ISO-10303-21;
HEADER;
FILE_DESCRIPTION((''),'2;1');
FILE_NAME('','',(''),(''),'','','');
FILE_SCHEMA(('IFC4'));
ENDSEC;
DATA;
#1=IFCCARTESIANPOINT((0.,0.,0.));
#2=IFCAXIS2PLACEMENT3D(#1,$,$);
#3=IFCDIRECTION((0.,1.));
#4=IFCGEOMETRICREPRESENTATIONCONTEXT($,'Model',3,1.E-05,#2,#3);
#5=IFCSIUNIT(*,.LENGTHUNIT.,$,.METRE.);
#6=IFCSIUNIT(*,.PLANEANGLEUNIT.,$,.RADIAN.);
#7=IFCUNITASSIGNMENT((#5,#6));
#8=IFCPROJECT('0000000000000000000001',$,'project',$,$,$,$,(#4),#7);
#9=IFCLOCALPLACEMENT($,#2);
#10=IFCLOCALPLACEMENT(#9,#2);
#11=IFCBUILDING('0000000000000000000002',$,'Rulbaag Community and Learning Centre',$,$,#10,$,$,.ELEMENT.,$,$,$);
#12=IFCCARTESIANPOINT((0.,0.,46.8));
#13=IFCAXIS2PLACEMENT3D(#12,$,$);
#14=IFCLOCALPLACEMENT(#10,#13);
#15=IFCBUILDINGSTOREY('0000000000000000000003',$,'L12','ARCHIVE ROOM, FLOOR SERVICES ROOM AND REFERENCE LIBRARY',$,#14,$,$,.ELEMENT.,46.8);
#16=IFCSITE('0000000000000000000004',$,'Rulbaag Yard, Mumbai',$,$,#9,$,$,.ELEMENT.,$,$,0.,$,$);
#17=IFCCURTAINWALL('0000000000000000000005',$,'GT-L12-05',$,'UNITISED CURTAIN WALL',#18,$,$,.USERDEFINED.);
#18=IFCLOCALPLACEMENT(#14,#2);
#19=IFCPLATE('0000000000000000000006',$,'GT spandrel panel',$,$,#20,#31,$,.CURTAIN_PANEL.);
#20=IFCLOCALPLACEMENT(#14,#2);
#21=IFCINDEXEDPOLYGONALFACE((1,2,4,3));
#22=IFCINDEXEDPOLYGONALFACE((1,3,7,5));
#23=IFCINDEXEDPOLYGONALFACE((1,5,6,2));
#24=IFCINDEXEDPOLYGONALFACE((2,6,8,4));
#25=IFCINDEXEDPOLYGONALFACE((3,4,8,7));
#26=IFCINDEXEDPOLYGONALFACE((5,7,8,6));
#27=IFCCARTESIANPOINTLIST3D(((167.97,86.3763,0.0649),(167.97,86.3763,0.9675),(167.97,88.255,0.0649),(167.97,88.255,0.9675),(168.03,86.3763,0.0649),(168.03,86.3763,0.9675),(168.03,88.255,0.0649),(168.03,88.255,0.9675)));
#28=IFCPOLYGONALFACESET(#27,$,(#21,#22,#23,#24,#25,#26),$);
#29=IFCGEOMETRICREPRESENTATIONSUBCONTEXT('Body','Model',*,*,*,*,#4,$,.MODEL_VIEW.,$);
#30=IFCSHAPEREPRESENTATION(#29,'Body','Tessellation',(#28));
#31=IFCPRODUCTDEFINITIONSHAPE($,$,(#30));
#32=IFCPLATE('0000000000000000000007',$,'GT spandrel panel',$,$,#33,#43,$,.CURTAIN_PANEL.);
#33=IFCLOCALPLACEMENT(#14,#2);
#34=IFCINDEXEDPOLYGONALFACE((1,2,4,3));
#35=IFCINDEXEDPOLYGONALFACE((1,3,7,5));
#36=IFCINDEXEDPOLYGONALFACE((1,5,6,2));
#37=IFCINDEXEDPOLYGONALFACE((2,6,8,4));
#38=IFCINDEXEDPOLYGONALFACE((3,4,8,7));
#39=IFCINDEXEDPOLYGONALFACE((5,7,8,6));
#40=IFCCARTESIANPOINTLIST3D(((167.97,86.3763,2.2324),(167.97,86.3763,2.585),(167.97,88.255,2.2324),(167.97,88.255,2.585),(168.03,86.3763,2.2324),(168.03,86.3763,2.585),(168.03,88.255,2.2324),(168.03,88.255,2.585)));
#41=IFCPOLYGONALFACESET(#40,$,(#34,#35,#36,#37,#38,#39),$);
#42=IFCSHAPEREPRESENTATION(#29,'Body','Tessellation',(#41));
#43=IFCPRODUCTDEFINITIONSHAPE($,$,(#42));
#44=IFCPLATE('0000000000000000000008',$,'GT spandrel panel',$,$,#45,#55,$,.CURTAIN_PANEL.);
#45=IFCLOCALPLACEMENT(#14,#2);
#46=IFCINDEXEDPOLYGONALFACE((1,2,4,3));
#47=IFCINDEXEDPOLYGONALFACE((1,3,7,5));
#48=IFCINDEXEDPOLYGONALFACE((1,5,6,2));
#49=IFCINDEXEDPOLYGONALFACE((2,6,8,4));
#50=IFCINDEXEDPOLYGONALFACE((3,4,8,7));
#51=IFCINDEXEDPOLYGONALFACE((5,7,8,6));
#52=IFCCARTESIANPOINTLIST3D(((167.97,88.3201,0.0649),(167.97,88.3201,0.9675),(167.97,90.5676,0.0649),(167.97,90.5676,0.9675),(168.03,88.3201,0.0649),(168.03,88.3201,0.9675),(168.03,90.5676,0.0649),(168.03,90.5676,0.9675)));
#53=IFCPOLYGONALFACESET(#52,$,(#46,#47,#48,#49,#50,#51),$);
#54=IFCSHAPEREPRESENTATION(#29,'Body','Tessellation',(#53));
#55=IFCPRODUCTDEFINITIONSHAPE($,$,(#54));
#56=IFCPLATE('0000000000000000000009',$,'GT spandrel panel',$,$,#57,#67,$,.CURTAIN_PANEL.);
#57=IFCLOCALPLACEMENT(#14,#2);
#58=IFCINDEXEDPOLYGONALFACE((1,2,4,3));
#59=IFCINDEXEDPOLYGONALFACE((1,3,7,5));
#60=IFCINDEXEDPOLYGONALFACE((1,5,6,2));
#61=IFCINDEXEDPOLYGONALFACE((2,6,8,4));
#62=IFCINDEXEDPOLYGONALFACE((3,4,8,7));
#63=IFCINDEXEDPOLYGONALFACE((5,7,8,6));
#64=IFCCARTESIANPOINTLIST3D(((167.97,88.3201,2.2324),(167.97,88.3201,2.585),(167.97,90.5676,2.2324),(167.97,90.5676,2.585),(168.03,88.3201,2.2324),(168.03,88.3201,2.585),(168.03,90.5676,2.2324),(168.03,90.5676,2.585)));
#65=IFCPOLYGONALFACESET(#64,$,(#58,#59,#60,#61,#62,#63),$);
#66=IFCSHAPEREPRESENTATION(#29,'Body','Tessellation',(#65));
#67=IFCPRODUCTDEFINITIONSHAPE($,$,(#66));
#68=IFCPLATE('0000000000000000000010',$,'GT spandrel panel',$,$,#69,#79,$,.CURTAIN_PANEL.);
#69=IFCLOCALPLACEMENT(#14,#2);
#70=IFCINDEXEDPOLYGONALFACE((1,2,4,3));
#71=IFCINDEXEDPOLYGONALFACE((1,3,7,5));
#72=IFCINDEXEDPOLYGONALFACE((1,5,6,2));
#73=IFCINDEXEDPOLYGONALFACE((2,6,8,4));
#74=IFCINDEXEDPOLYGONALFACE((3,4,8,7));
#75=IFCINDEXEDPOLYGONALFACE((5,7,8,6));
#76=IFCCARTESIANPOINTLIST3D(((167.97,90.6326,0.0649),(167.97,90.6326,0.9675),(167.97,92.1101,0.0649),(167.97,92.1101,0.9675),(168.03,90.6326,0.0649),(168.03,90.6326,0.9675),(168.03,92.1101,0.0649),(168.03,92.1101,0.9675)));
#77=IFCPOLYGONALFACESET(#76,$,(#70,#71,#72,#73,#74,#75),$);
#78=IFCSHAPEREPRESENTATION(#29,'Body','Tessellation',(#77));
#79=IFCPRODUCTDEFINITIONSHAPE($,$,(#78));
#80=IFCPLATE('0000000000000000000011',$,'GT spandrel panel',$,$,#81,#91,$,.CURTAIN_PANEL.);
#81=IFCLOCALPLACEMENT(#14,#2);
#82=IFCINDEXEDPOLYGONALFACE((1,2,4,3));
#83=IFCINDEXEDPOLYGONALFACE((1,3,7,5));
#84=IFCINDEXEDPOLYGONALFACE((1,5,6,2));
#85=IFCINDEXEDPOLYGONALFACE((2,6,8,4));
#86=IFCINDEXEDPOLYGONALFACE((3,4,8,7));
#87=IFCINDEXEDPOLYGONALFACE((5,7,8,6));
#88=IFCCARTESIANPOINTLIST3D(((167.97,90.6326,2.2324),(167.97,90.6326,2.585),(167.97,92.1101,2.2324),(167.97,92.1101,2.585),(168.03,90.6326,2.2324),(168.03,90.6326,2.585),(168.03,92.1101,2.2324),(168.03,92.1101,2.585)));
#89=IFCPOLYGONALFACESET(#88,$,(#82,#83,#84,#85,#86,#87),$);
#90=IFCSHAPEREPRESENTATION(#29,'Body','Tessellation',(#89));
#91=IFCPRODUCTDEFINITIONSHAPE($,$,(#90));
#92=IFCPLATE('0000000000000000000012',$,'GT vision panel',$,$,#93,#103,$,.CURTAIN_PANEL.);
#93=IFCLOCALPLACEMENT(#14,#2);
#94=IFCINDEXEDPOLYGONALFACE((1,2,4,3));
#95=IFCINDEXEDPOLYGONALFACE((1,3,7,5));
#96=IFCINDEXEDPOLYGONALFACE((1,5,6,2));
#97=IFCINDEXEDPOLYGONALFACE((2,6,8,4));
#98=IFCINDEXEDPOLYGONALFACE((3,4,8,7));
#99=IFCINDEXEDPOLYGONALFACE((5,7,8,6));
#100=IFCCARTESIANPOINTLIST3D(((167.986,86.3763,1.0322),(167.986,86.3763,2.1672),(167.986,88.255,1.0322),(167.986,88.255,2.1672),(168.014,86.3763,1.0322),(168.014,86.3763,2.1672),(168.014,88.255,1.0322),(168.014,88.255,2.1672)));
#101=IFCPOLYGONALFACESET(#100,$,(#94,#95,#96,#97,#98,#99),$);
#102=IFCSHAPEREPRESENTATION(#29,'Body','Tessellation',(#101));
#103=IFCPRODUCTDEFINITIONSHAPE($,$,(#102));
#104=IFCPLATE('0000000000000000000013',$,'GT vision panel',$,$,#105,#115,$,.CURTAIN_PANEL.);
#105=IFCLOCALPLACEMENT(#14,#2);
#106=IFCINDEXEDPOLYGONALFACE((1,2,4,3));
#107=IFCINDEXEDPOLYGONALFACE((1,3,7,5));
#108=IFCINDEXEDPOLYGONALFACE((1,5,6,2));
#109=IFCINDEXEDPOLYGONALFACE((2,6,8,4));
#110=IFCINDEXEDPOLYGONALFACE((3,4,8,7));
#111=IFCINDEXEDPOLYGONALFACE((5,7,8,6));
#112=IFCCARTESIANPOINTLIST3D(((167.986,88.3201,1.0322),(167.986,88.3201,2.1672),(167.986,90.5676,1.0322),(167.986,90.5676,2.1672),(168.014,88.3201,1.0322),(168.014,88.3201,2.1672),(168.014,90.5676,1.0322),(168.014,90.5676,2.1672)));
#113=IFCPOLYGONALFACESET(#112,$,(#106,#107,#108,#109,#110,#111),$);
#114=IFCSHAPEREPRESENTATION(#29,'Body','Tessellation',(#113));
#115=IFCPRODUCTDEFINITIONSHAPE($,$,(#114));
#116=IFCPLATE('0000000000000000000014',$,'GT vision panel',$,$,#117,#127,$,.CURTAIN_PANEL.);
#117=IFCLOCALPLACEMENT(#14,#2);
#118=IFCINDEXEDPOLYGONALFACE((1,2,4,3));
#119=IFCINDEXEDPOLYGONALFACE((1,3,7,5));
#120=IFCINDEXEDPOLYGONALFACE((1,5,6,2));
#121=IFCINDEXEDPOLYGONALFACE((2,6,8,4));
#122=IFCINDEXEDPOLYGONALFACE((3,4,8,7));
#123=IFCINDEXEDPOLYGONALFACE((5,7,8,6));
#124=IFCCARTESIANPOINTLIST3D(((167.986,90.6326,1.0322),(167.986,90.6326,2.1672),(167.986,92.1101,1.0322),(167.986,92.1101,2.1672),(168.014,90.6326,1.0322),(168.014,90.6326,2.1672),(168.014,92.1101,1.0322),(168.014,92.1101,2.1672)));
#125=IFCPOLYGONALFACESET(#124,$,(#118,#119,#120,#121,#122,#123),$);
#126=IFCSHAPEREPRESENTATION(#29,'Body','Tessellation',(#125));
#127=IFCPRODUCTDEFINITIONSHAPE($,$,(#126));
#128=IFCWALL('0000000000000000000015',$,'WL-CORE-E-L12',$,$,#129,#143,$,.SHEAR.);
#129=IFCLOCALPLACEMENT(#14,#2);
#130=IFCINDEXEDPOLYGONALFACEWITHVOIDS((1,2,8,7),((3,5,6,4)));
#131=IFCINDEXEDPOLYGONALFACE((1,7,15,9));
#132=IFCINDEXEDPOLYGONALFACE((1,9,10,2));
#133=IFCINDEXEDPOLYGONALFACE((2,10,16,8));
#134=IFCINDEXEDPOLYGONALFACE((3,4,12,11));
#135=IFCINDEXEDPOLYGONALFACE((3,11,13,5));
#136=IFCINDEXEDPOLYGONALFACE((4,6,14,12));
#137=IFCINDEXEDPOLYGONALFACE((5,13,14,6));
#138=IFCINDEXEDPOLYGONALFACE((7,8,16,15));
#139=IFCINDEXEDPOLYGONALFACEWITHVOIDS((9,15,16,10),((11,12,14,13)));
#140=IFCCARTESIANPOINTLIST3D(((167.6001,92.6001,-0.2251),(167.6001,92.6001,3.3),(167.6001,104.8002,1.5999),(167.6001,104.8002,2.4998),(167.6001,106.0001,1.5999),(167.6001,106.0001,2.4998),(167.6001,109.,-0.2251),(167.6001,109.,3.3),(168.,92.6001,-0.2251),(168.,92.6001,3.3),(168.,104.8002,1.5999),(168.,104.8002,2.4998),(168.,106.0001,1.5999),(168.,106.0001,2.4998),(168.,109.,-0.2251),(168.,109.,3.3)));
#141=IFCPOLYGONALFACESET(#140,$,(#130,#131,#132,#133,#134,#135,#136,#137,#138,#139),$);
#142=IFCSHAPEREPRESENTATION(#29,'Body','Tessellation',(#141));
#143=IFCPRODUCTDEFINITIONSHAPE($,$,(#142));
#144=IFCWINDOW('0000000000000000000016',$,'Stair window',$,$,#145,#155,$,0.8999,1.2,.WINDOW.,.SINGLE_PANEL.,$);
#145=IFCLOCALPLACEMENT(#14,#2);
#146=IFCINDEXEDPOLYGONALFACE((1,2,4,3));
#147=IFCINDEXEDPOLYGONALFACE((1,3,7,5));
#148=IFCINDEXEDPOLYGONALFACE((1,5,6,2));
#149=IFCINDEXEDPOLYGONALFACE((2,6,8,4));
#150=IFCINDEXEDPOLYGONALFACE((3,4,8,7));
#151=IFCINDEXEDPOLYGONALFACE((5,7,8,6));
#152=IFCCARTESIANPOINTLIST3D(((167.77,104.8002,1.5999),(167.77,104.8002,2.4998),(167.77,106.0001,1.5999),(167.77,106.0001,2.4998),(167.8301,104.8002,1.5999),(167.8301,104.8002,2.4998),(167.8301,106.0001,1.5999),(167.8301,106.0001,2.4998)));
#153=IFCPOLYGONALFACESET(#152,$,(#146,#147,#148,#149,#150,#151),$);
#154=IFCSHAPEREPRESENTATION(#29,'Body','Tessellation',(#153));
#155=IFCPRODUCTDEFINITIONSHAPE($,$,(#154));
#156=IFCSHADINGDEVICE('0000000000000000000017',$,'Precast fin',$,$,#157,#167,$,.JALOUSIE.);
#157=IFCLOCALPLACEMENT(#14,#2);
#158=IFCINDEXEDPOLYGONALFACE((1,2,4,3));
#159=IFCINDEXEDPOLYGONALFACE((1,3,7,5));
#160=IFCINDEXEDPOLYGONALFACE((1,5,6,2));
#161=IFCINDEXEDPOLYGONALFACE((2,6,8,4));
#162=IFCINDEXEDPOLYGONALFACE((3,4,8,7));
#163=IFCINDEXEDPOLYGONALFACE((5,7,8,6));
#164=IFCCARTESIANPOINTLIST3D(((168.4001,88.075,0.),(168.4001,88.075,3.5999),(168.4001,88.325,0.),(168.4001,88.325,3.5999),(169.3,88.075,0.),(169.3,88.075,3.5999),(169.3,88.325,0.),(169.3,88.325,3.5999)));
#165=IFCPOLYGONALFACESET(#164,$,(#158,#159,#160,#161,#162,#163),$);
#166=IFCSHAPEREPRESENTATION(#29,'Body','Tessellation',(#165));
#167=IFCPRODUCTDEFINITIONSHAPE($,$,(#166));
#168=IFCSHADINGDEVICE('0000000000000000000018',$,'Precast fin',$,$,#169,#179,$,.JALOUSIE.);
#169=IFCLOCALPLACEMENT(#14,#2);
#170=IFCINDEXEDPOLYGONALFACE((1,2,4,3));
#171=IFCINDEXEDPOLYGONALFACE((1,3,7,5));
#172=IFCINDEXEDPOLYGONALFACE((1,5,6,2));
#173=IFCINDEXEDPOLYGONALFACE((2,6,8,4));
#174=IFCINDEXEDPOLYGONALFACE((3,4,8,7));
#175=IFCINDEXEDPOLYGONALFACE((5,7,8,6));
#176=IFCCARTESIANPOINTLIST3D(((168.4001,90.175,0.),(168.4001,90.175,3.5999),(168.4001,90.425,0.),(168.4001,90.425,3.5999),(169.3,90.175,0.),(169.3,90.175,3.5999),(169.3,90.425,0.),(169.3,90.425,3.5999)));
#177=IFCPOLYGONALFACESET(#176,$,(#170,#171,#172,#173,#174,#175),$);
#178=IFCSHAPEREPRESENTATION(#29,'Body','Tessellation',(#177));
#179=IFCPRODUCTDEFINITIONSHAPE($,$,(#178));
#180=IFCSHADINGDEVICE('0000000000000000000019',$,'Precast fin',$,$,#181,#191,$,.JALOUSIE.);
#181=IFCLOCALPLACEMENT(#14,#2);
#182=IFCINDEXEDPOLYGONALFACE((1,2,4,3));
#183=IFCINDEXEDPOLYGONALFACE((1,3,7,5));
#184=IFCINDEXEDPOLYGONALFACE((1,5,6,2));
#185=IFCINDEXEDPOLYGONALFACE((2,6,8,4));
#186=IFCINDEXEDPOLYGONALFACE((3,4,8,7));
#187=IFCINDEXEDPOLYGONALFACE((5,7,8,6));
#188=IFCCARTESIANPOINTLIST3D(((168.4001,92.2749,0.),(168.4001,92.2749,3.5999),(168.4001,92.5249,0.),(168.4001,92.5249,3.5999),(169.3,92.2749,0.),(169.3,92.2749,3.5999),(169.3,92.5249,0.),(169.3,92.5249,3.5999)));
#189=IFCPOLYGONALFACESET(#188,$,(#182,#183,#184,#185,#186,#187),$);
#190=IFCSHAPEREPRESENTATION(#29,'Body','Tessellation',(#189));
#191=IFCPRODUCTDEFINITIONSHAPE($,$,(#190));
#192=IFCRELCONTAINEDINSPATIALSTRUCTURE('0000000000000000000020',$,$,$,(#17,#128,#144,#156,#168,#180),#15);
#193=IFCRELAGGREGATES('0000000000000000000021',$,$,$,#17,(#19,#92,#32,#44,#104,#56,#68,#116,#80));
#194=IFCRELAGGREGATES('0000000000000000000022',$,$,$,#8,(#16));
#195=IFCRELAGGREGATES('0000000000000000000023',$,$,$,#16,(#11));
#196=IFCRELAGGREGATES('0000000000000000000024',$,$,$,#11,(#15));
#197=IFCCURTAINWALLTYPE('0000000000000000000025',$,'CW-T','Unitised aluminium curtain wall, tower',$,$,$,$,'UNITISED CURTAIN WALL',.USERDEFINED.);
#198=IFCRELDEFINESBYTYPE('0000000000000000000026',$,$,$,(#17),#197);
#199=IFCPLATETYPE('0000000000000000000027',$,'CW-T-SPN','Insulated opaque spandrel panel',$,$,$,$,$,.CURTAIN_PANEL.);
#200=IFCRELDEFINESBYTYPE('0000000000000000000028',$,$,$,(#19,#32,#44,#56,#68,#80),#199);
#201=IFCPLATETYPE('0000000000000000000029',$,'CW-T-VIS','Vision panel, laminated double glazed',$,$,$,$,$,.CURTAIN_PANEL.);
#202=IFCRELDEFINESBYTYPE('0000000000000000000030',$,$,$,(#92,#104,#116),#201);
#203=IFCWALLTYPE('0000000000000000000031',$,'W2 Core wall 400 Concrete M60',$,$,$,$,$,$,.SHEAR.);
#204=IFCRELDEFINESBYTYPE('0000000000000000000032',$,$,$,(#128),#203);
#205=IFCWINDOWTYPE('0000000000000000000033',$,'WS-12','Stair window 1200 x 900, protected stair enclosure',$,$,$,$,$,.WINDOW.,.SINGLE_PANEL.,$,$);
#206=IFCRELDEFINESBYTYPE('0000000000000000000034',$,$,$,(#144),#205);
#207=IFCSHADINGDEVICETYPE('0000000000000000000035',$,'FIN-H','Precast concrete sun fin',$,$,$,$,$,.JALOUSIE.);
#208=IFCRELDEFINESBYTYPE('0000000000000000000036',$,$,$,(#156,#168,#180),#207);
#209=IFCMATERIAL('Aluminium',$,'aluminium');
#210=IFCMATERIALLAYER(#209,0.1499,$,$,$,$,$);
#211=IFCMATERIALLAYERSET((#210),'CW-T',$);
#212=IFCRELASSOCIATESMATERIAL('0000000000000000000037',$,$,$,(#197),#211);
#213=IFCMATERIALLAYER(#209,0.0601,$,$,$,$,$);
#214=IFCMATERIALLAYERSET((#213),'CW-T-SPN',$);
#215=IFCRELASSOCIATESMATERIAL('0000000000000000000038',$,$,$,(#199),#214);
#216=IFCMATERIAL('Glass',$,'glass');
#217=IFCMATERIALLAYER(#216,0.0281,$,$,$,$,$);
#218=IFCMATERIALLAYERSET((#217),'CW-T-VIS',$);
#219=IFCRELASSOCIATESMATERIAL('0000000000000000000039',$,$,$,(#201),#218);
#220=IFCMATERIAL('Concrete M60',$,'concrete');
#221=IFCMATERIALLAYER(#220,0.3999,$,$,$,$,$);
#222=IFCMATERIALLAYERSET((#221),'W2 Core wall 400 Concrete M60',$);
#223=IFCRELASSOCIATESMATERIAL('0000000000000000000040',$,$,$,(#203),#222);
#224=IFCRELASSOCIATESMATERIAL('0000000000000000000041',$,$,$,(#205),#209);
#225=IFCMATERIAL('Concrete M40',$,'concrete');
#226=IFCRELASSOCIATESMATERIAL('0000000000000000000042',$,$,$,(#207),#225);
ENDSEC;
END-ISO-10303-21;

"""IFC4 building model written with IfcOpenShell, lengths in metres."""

from ifc_helpers import new_model, si_unit, direction, frame, frame_2d, origin, origin_2d, place, context, subcontext, project, spatial, rectangle, extrude, material, layer, layer_set, material_profile, profile_set, type_object, element, fill, aggregate, save


model = new_model("IFC4")

# Units and contexts
model_context = context("Model", 3, precision=1e-05, world=origin(), true_north=direction((0.0, 1.0)))
body_context = subcontext(model_context, "Body", "Model", "MODEL_VIEW")
ifc_project = project(units=[si_unit("LENGTHUNIT", "METRE"), si_unit("PLANEANGLEUNIT", "RADIAN")], contexts=[model_context])

# Site, building, storey
site_placement = place(None, origin())
site = spatial("IfcSite", under=ifc_project, at=site_placement, Name="Rulbaag Yard, Mumbai", CompositionType="ELEMENT", RefElevation=0.0)
building_placement = place(site_placement, origin())
building = spatial("IfcBuilding", under=site, at=building_placement, Name="Rulbaag Community and Learning Centre", CompositionType="ELEMENT")
storey_placement = place(building_placement, frame((0.0, 0.0, 46.8)))
storey = spatial("IfcBuildingStorey", under=building, at=storey_placement, Name="L12", Description="ARCHIVE ROOM, FLOOR SERVICES ROOM AND REFERENCE LIBRARY", CompositionType="ELEMENT", Elevation=46.8)

# Curtain wall, plates
ifc_material_1 = material(Name="Aluminium", Category="aluminium")
ifc_layer_1 = layer(ifc_material_1, 0.1499)
ifc_layer_set_1 = layer_set([ifc_layer_1], Name="CW-T")
curtain_wall_type = type_object("IfcCurtainWallType", Name="CW-T", Description="Unitised aluminium curtain wall, tower", ElementType="UNITISED CURTAIN WALL", PredefinedType="USERDEFINED", material=ifc_layer_set_1)
curtain_wall_placement = place(storey_placement, origin())
curtain_wall = element("IfcCurtainWall", 1, at=curtain_wall_placement, inside=storey, type_object=curtain_wall_type, Name="GT-L12-05", ObjectType="UNITISED CURTAIN WALL", PredefinedType="USERDEFINED")
ifc_layer_2 = layer(ifc_material_1, 0.0601)
ifc_layer_set_2 = layer_set([ifc_layer_2], Name="CW-T-SPN")
plate_type_1 = type_object("IfcPlateType", Name="CW-T-SPN", Description="Insulated opaque spandrel panel", PredefinedType="CURTAIN_PANEL", material=ifc_layer_set_2)
plate_1_placement = place(storey_placement, frame((168.0, 87.3157, 0.0649), z_axis=(0.0, 0.0, 1.0), x_axis=(0.0, 1.0, 0.0)))
plate_1 = element("IfcPlate", 2, at=plate_1_placement, type_object=plate_type_1, Name="GT spandrel panel", PredefinedType="CURTAIN_PANEL", context=body_context, shape_type="SweptSolid", body=[
    extrude(rectangle(XDim=1.8787, YDim=0.0601, at=origin_2d()), origin(), (0.0, 0.0, 1.0), 0.9026),
])
plate_2_placement = place(storey_placement, frame((168.0, 87.3157, 2.2324), z_axis=(0.0, 0.0, 1.0), x_axis=(0.0, 1.0, 0.0)))
plate_2 = element("IfcPlate", 3, at=plate_2_placement, type_object=plate_type_1, Name="GT spandrel panel", PredefinedType="CURTAIN_PANEL", context=body_context, shape_type="SweptSolid", body=[
    extrude(rectangle(XDim=1.8787, YDim=0.0601, at=origin_2d()), origin(), (0.0, 0.0, 1.0), 0.3525),
])
plate_3_placement = place(storey_placement, frame((168.0, 89.4438, 0.0649), z_axis=(0.0, 0.0, 1.0), x_axis=(0.0, 1.0, 0.0)))
plate_3 = element("IfcPlate", 4, at=plate_3_placement, type_object=plate_type_1, Name="GT spandrel panel", PredefinedType="CURTAIN_PANEL", context=body_context, shape_type="SweptSolid", body=[
    extrude(rectangle(XDim=2.2476, YDim=0.0601, at=origin_2d()), origin(), (0.0, 0.0, 1.0), 0.9026),
])
plate_4_placement = place(storey_placement, frame((168.0, 89.4438, 2.2324), z_axis=(0.0, 0.0, 1.0), x_axis=(0.0, 1.0, 0.0)))
plate_4 = element("IfcPlate", 5, at=plate_4_placement, type_object=plate_type_1, Name="GT spandrel panel", PredefinedType="CURTAIN_PANEL", context=body_context, shape_type="SweptSolid", body=[
    extrude(rectangle(XDim=2.2476, YDim=0.0601, at=origin_2d()), origin(), (0.0, 0.0, 1.0), 0.3525),
])
plate_5_placement = place(storey_placement, frame((168.0, 91.3713, 0.0649), z_axis=(0.0, 0.0, 1.0), x_axis=(0.0, 1.0, 0.0)))
plate_5 = element("IfcPlate", 6, at=plate_5_placement, type_object=plate_type_1, Name="GT spandrel panel", PredefinedType="CURTAIN_PANEL", context=body_context, shape_type="SweptSolid", body=[
    extrude(rectangle(XDim=1.4775, YDim=0.0601, at=origin_2d()), origin(), (0.0, 0.0, 1.0), 0.9026),
])
plate_6_placement = place(storey_placement, frame((168.0, 91.3713, 2.2324), z_axis=(0.0, 0.0, 1.0), x_axis=(0.0, 1.0, 0.0)))
plate_6 = element("IfcPlate", 7, at=plate_6_placement, type_object=plate_type_1, Name="GT spandrel panel", PredefinedType="CURTAIN_PANEL", context=body_context, shape_type="SweptSolid", body=[
    extrude(rectangle(XDim=1.4775, YDim=0.0601, at=origin_2d()), origin(), (0.0, 0.0, 1.0), 0.3525),
])
ifc_material_2 = material(Name="Glass", Category="glass")
ifc_layer_3 = layer(ifc_material_2, 0.0281)
ifc_layer_set_3 = layer_set([ifc_layer_3], Name="CW-T-VIS")
plate_type_2 = type_object("IfcPlateType", Name="CW-T-VIS", Description="Vision panel, laminated double glazed", PredefinedType="CURTAIN_PANEL", material=ifc_layer_set_3)
plate_7_placement = place(storey_placement, frame((168.0, 87.3157, 1.0322), z_axis=(0.0, 0.0, 1.0), x_axis=(0.0, 1.0, 0.0)))
plate_7 = element("IfcPlate", 8, at=plate_7_placement, type_object=plate_type_2, Name="GT vision panel", PredefinedType="CURTAIN_PANEL", context=body_context, shape_type="SweptSolid", body=[
    extrude(rectangle(XDim=1.8787, YDim=0.0281, at=origin_2d()), origin(), (0.0, 0.0, 1.0), 1.135),
])
plate_8_placement = place(storey_placement, frame((168.0, 89.4438, 1.0322), z_axis=(0.0, 0.0, 1.0), x_axis=(0.0, 1.0, 0.0)))
plate_8 = element("IfcPlate", 9, at=plate_8_placement, type_object=plate_type_2, Name="GT vision panel", PredefinedType="CURTAIN_PANEL", context=body_context, shape_type="SweptSolid", body=[
    extrude(rectangle(XDim=2.2476, YDim=0.0281, at=origin_2d()), origin(), (0.0, 0.0, 1.0), 1.135),
])
plate_9_placement = place(storey_placement, frame((168.0, 91.3713, 1.0322), z_axis=(0.0, 0.0, 1.0), x_axis=(0.0, 1.0, 0.0)))
plate_9 = element("IfcPlate", 10, at=plate_9_placement, type_object=plate_type_2, Name="GT vision panel", PredefinedType="CURTAIN_PANEL", context=body_context, shape_type="SweptSolid", body=[
    extrude(rectangle(XDim=1.4775, YDim=0.0281, at=origin_2d()), origin(), (0.0, 0.0, 1.0), 1.135),
])
aggregate(curtain_wall, [plate_1, plate_7, plate_2, plate_3, plate_8, plate_4, plate_5, plate_9, plate_6])

# Wall, opening, window
ifc_material_3 = material(Name="Concrete M60", Category="concrete")
ifc_layer_4 = layer(ifc_material_3, 0.3999)
ifc_layer_set_4 = layer_set([ifc_layer_4], Name="W2 Core wall 400 Concrete M60")
wall_type = type_object("IfcWallType", Name="W2 Core wall 400 Concrete M60", PredefinedType="SHEAR", material=ifc_layer_set_4)
wall_placement = place(storey_placement, frame((167.8, 92.6001, -0.2251), z_axis=(0.0, 0.0, 1.0), x_axis=(0.0, 1.0, 0.0)))
wall = element("IfcWall", 11, at=wall_placement, inside=storey, type_object=wall_type, Name="WL-CORE-E-L12", PredefinedType="SHEAR", context=body_context, shape_type="SweptSolid", body=[
    extrude(rectangle(XDim=16.3999, YDim=0.3999, at=frame_2d((8.2, 0.0))), origin(), (0.0, 0.0, 1.0), 3.5251),
])
opening_placement = place(wall_placement, frame((12.2, 0.0, 1.825)))
opening = element("IfcOpeningElement", 12, at=opening_placement, cuts=wall, PredefinedType="OPENING", context=body_context, shape_type="SweptSolid", body=[
    extrude(rectangle(XDim=1.2, YDim=0.8999, at=frame_2d((0.6001, 0.45))), frame((0.0, 0.21, 0.0), z_axis=(0.0, -1.0, 0.0), x_axis=(1.0, 0.0, 0.0)), (0.0, 0.0, 1.0), 0.4199),
])
window_type = type_object("IfcWindowType", Name="WS-12", Description="Stair window 1200 x 900, protected stair enclosure", PartitioningType="SINGLE_PANEL", PredefinedType="WINDOW", material=ifc_material_1)
window_placement = place(opening_placement, origin())
window = element("IfcWindow", 13, at=window_placement, inside=storey, type_object=window_type, Name="Stair window", OverallHeight=0.8999, OverallWidth=1.2, PartitioningType="SINGLE_PANEL", PredefinedType="WINDOW", context=body_context, shape_type="SweptSolid", body=[
    extrude(rectangle(XDim=1.2, YDim=0.8999, at=frame_2d((0.6001, 0.45))), frame((0.0, 0.03, 0.0), z_axis=(0.0, -1.0, 0.0), x_axis=(1.0, 0.0, 0.0)), (0.0, 0.0, 1.0), 0.0601),
])
fill(opening, window)

# Shading devices
ifc_material_4 = material(Name="Concrete M40", Category="concrete")
ifc_material_profile_1 = material_profile(ifc_material_4, rectangle(XDim=0.25, YDim=0.8999, at=origin_2d()), Name="PC 250x900")
ifc_profile_set_1 = profile_set([ifc_material_profile_1], Name="Concrete M40")
shading_device_type = type_object("IfcShadingDeviceType", Name="FIN-H", Description="Precast concrete sun fin", PredefinedType="JALOUSIE", material=ifc_profile_set_1)
for number, where, z_axis, x_axis, name in (
    (14, (168.8501, 88.2, 0.0), (0.0, 0.0, 1.0), (0.0, 1.0, 0.0), "Precast fin"),
    (15, (168.8501, 90.3, 0.0), (0.0, 0.0, 1.0), (0.0, 1.0, 0.0), "Precast fin"),
    (16, (168.8501, 92.3999, 0.0), (0.0, 0.0, 1.0), (0.0, 1.0, 0.0), "Precast fin"),
):
    element("IfcShadingDevice", number, at=place(storey_placement, frame(where, z_axis=z_axis, x_axis=x_axis)), inside=storey, type_object=shading_device_type, Name=name, PredefinedType="JALOUSIE", context=body_context, shape_type="SweptSolid", body=[
        extrude(rectangle(XDim=0.25, YDim=0.8999, at=origin_2d()), origin(), (0.0, 0.0, 1.0), 3.5999),
    ])

save(model, "model.ifc")
